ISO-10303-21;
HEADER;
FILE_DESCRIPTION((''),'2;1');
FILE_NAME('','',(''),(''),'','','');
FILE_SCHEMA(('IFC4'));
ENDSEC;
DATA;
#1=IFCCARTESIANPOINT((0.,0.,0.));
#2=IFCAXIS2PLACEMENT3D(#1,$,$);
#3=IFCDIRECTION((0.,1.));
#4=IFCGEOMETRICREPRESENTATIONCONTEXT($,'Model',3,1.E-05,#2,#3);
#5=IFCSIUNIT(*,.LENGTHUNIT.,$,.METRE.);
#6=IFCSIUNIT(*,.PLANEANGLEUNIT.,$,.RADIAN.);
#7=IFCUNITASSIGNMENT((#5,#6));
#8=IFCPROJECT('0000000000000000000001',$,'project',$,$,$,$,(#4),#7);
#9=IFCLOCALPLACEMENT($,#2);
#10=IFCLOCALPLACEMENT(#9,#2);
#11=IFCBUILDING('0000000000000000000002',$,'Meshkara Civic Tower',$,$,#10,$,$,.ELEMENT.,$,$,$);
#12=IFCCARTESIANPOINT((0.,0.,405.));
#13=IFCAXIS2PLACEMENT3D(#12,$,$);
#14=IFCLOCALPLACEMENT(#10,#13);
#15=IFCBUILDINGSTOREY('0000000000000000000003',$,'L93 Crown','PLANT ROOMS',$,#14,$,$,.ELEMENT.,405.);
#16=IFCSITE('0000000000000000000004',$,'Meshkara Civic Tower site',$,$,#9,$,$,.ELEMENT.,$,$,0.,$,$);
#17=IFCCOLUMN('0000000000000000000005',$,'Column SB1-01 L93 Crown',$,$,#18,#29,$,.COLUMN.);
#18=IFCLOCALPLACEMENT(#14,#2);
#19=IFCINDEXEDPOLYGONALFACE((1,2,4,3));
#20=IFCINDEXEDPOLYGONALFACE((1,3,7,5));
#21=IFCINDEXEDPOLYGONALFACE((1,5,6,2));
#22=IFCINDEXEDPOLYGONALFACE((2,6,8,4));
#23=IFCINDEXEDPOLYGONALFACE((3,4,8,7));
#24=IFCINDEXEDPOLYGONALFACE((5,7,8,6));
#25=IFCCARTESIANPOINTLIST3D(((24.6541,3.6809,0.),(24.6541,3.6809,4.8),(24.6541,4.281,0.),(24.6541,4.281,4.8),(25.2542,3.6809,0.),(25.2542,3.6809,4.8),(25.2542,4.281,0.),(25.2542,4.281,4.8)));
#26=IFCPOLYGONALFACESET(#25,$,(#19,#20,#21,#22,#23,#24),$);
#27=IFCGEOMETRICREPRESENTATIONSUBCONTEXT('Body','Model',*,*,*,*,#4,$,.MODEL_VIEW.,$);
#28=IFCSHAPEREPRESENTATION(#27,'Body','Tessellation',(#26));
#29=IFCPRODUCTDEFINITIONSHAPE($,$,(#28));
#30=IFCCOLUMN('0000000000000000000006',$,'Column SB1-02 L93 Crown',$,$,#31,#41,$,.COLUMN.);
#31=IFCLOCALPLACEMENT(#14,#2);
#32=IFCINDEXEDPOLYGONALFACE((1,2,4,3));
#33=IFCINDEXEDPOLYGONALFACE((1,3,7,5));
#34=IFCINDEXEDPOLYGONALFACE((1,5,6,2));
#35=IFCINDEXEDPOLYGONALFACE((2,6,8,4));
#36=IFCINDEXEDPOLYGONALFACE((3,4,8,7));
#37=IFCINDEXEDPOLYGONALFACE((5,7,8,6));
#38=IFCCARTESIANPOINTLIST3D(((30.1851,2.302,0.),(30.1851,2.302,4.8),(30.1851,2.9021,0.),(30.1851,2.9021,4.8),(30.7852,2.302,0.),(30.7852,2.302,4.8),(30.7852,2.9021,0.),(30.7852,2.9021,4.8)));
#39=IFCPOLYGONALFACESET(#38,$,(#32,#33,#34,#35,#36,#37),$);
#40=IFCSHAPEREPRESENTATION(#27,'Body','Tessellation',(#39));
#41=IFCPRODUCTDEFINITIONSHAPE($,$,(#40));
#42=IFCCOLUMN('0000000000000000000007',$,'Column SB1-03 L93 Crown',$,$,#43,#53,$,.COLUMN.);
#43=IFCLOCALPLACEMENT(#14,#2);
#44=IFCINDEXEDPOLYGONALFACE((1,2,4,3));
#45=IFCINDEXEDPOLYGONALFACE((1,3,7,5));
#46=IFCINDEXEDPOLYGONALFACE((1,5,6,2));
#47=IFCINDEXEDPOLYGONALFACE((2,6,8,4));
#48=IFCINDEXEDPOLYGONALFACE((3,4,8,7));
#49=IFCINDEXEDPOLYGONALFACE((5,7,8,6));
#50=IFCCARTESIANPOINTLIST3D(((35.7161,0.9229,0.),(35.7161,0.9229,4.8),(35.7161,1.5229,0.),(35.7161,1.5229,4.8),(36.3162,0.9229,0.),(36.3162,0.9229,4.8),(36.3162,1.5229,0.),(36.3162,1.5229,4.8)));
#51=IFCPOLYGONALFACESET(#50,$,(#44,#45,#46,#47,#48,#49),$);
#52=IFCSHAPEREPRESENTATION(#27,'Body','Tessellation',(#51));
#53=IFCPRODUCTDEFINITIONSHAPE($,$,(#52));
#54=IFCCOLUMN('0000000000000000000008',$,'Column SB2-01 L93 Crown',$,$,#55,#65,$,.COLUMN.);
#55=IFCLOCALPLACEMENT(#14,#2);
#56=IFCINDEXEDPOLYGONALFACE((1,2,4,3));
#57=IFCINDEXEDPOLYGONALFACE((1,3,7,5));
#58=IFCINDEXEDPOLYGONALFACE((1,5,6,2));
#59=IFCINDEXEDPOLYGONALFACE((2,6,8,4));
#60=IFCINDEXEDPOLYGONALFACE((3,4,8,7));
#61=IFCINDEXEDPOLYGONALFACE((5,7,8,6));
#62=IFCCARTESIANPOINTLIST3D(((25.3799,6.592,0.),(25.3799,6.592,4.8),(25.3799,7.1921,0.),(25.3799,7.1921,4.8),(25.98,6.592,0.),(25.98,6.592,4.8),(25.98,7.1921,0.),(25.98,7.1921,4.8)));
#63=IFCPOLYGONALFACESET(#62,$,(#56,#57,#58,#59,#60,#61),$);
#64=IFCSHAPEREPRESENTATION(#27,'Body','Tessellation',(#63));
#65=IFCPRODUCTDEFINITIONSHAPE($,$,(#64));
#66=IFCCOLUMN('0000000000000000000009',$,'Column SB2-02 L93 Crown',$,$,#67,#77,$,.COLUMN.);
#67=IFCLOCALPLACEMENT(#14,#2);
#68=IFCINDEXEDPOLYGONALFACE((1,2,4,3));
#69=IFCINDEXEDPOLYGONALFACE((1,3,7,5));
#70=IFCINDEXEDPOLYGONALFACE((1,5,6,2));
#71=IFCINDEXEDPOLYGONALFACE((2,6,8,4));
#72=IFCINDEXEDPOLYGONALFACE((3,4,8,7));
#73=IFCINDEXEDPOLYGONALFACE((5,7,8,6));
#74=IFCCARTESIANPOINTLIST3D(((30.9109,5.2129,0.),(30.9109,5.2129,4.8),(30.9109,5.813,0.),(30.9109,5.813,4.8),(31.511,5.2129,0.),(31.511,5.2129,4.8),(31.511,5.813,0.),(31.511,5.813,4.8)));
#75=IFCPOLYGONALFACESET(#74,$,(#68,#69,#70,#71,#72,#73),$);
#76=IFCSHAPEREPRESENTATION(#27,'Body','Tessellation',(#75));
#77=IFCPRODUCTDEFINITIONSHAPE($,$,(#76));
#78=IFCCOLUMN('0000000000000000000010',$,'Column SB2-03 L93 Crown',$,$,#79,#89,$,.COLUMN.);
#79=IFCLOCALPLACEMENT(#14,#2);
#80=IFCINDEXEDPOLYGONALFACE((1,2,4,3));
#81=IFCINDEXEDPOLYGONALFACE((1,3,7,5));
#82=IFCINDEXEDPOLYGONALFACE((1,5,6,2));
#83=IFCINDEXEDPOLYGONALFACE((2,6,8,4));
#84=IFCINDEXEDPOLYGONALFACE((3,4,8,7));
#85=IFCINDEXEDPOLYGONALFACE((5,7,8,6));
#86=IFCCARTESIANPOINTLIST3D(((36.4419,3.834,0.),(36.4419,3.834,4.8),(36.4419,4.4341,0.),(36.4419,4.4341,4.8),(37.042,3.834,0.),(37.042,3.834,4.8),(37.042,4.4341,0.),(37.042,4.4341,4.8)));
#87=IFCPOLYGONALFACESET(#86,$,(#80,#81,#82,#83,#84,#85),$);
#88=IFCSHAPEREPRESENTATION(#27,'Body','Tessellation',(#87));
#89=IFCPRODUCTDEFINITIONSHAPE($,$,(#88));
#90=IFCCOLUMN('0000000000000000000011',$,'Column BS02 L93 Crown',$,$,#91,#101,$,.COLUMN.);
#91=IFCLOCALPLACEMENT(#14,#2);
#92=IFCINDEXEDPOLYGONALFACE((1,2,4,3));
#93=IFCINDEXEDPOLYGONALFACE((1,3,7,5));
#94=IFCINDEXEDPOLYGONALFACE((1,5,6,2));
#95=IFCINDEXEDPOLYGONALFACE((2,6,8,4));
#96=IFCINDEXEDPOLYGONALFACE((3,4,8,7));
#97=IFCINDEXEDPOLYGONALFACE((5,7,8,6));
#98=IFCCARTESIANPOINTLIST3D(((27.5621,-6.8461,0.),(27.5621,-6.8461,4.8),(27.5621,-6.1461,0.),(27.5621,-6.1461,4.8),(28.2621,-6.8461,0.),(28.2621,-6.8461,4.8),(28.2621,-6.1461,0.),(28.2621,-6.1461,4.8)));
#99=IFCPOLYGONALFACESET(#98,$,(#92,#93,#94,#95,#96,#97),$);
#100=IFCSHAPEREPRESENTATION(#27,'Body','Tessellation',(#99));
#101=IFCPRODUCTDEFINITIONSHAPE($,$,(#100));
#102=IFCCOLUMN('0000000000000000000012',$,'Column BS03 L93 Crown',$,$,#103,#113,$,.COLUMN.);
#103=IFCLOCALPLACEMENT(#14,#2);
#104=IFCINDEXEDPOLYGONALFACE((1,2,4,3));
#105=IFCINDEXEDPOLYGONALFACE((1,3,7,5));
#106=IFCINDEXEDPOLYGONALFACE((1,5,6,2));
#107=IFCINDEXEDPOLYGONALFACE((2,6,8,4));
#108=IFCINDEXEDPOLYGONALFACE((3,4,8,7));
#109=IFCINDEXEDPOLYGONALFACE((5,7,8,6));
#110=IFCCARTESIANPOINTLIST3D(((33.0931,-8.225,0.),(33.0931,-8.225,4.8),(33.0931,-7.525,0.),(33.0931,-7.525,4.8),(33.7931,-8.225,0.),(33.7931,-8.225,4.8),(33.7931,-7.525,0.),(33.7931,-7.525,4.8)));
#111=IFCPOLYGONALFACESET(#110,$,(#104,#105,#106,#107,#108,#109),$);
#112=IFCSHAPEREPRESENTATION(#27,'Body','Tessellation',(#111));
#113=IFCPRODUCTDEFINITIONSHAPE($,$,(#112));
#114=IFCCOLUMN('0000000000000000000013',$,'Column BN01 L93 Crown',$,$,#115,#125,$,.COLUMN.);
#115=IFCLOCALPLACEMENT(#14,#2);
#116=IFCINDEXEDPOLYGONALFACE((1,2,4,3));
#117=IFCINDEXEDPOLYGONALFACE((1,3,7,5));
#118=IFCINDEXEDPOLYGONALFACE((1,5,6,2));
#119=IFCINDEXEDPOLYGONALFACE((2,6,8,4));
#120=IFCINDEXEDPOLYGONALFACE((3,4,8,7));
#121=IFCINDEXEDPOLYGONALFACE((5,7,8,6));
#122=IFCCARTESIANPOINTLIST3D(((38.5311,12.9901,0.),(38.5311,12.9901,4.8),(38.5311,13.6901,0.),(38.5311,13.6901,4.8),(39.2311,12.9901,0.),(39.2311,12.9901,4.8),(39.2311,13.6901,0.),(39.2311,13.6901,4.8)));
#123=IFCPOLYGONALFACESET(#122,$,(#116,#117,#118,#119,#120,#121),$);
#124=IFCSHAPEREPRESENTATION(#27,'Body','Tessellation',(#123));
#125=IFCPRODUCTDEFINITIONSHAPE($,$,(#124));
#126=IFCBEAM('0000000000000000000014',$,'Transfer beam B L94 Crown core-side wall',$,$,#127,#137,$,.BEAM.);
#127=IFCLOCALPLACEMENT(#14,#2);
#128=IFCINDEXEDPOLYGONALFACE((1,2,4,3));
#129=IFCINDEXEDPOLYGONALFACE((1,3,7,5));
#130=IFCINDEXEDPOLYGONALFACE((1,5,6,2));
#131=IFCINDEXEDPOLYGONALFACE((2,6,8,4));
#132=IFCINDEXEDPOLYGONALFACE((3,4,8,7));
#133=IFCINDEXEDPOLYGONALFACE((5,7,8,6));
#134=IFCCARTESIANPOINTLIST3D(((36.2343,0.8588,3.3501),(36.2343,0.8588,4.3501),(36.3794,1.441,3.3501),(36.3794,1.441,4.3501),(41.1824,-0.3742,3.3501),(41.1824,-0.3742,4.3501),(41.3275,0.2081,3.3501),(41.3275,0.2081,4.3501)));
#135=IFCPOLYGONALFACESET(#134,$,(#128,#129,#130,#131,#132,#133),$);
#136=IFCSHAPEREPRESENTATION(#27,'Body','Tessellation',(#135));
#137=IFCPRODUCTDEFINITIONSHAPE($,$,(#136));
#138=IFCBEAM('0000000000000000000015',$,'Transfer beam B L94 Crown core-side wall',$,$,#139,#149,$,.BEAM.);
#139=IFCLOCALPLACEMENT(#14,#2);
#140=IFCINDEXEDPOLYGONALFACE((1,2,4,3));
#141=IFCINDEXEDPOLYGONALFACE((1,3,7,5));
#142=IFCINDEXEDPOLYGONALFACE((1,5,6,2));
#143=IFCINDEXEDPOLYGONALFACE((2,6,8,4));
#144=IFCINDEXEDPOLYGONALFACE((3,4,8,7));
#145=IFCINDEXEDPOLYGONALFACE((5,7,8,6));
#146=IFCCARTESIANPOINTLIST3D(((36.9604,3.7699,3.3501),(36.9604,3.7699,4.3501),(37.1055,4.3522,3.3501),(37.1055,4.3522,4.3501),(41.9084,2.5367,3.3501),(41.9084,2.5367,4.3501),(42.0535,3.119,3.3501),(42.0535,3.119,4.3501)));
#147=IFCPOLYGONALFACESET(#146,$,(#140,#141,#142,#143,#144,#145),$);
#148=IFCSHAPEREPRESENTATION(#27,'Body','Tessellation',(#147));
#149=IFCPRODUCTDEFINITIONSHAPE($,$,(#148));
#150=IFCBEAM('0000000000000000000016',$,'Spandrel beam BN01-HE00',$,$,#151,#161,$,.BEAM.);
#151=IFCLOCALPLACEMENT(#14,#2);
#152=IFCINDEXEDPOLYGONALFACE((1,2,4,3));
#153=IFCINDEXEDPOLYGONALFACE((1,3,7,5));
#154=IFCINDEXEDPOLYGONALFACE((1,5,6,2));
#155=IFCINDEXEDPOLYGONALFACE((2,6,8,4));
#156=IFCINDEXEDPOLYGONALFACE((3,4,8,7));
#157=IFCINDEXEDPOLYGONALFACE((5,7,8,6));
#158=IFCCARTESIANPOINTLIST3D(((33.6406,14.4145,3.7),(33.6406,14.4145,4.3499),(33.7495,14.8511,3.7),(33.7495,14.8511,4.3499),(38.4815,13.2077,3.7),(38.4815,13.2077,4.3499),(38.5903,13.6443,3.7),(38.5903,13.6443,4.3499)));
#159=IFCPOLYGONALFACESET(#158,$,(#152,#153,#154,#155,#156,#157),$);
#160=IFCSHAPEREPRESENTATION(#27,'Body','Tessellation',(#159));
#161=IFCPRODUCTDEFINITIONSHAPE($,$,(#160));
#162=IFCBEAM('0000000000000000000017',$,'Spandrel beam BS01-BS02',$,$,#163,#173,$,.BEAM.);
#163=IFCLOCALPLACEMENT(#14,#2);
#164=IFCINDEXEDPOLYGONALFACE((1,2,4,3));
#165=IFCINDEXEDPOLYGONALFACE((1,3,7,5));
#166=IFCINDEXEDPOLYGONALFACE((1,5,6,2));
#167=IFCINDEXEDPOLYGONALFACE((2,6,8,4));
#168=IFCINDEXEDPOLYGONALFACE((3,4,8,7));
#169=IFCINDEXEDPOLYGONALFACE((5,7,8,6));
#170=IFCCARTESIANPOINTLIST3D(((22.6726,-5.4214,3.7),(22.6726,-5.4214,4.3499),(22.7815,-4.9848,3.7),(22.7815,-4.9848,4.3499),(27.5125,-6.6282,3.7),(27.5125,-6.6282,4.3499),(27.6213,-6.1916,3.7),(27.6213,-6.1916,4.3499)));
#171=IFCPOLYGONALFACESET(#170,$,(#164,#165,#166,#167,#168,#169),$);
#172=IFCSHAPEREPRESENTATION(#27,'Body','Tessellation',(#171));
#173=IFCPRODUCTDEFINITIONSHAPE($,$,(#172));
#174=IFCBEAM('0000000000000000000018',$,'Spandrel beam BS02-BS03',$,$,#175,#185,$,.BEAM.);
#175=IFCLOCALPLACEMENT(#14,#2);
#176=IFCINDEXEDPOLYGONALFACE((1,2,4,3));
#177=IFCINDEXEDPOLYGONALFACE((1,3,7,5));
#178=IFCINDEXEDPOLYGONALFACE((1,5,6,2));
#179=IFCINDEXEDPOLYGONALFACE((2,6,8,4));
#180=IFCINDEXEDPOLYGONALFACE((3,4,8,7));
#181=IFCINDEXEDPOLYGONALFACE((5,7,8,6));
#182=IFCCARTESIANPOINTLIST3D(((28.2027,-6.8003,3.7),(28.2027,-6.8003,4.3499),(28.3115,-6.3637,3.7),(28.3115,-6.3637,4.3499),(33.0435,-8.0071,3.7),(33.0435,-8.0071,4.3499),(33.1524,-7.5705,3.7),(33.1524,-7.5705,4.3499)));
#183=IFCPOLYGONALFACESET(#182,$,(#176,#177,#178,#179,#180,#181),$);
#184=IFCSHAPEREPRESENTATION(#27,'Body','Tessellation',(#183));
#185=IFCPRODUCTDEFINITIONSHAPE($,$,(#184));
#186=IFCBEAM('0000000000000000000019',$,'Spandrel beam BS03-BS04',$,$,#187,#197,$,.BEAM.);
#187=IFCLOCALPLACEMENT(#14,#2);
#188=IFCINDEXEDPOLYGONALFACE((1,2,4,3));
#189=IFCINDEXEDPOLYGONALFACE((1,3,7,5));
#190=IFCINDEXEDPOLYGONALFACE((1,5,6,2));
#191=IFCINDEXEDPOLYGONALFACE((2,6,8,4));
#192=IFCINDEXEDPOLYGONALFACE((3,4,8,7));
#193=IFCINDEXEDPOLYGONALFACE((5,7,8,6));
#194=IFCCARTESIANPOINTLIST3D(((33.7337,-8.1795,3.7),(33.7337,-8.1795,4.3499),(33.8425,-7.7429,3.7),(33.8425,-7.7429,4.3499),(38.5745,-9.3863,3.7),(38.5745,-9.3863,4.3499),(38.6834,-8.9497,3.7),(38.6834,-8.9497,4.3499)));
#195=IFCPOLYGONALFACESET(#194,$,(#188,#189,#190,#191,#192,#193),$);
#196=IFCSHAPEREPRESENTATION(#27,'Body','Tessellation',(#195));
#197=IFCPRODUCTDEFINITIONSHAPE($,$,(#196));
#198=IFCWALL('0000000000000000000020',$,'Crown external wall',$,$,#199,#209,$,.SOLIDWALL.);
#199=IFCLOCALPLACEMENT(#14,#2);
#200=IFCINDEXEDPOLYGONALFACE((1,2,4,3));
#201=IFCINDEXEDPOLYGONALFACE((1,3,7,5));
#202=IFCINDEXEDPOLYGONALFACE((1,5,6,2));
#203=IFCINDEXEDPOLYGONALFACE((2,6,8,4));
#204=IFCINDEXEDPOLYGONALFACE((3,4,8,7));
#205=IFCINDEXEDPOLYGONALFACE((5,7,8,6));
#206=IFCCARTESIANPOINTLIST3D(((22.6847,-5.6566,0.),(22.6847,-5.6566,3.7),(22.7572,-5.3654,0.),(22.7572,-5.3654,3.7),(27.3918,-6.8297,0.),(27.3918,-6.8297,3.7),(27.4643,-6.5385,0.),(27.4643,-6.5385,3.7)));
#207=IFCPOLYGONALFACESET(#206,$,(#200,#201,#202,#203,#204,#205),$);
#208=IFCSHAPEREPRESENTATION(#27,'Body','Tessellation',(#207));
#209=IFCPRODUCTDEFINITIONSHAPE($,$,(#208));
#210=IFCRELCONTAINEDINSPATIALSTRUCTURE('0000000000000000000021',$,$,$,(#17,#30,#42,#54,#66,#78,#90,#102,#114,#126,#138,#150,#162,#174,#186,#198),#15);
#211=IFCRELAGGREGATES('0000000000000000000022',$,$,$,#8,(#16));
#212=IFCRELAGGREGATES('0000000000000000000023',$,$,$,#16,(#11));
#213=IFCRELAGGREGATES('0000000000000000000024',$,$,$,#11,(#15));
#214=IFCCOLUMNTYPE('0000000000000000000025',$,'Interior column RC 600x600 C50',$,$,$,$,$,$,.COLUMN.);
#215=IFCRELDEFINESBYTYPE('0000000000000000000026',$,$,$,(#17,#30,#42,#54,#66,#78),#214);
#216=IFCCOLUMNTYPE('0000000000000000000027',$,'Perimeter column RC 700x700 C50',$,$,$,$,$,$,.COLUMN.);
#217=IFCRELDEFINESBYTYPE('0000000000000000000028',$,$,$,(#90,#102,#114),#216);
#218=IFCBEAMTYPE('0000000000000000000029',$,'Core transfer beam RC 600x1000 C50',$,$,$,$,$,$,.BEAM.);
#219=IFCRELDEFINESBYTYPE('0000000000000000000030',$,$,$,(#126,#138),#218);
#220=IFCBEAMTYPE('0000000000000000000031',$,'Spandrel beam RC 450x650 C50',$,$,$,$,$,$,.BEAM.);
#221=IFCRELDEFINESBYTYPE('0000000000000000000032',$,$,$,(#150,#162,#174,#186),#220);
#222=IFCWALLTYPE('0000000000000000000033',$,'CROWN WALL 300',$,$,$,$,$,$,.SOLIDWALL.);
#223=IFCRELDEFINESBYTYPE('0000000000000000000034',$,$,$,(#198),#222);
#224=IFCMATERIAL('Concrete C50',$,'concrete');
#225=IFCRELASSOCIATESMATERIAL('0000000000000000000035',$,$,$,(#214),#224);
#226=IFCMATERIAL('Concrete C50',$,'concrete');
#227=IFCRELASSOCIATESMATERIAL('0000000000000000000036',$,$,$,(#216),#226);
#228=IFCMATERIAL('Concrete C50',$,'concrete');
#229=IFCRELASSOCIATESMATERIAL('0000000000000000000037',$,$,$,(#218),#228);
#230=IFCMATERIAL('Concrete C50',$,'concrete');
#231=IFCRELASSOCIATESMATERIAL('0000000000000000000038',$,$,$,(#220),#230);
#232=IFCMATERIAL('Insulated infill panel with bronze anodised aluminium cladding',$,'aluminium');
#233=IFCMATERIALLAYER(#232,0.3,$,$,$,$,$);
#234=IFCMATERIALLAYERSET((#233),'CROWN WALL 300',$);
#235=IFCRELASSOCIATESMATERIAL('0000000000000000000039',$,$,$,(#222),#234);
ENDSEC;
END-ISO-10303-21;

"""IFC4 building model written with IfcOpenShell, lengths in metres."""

from ifc_helpers import new_model, si_unit, direction, frame, frame_2d, origin, origin_2d, place, context, subcontext, project, spatial, rectangle, extrude, material, layer, layer_set, material_profile, profile_set, type_object, element, save


model = new_model("IFC4")

# Units and contexts
model_context = context("Model", 3, precision=1e-05, world=origin(), true_north=direction((0.0, 1.0)))
body_context = subcontext(model_context, "Body", "Model", "MODEL_VIEW")
ifc_project = project(units=[si_unit("LENGTHUNIT", "METRE"), si_unit("PLANEANGLEUNIT", "RADIAN")], contexts=[model_context])

# Site, building, storey
site_placement = place(None, origin())
site = spatial("IfcSite", under=ifc_project, at=site_placement, Name="Meshkara Civic Tower site", CompositionType="ELEMENT", RefElevation=0.0)
building_placement = place(site_placement, origin())
building = spatial("IfcBuilding", under=site, at=building_placement, Name="Meshkara Civic Tower", CompositionType="ELEMENT")
storey_placement = place(building_placement, frame((0.0, 0.0, 405.0)))
storey = spatial("IfcBuildingStorey", under=building, at=storey_placement, Name="L93 Crown", Description="PLANT ROOMS", CompositionType="ELEMENT", Elevation=405.0)

# Columns
ifc_material_1 = material(Name="Concrete C50", Category="concrete")
ifc_material_profile_1 = material_profile(ifc_material_1, rectangle(XDim=0.6001, YDim=0.6001, at=origin_2d()))
ifc_profile_set_1 = profile_set([ifc_material_profile_1], Name="Concrete C50")
column_type_1 = type_object("IfcColumnType", Name="Interior column RC 600x600 C50", PredefinedType="COLUMN", material=ifc_profile_set_1)
for number, where, z_axis, x_axis, name in (
    (1, (24.9541, 3.981, 0.0), (0.0, 0.0, 1.0), (1.0, 0.0, 0.0), "Column SB1-01 L93 Crown"),
    (2, (30.4851, 2.6021, 0.0), (0.0, 0.0, 1.0), (1.0, 0.0, 0.0), "Column SB1-02 L93 Crown"),
    (3, (36.0161, 1.2229, 0.0), (0.0, 0.0, 1.0), (1.0, 0.0, 0.0), "Column SB1-03 L93 Crown"),
    (4, (25.6799, 6.8921, 0.0), (0.0, 0.0, 1.0), (1.0, 0.0, 0.0), "Column SB2-01 L93 Crown"),
    (5, (31.2109, 5.5129, 0.0), (0.0, 0.0, 1.0), (1.0, 0.0, 0.0), "Column SB2-02 L93 Crown"),
    (6, (36.7419, 4.134, 0.0), (0.0, 0.0, 1.0), (1.0, 0.0, 0.0), "Column SB2-03 L93 Crown"),
):
    element("IfcColumn", number, at=place(storey_placement, frame(where, z_axis=z_axis, x_axis=x_axis)), inside=storey, type_object=column_type_1, Name=name, PredefinedType="COLUMN", context=body_context, shape_type="SweptSolid", body=[
        extrude(rectangle(XDim=0.6001, YDim=0.6001, at=origin_2d()), origin(), (0.0, 0.0, 1.0), 4.8),
    ])
ifc_material_2 = material(Name="Concrete C50", Category="concrete")
ifc_material_profile_2 = material_profile(ifc_material_2, rectangle(XDim=0.7, YDim=0.7, at=origin_2d()))
ifc_profile_set_2 = profile_set([ifc_material_profile_2], Name="Concrete C50")
column_type_2 = type_object("IfcColumnType", Name="Perimeter column RC 700x700 C50", PredefinedType="COLUMN", material=ifc_profile_set_2)
for number, where, z_axis, x_axis, name in (
    (7, (27.9121, -6.4961, 0.0), (0.0, 0.0, 1.0), (1.0, 0.0, 0.0), "Column BS02 L93 Crown"),
    (8, (33.4431, -7.875, 0.0), (0.0, 0.0, 1.0), (1.0, 0.0, 0.0), "Column BS03 L93 Crown"),
    (9, (38.8811, 13.3401, 0.0), (0.0, 0.0, 1.0), (1.0, 0.0, 0.0), "Column BN01 L93 Crown"),
):
    element("IfcColumn", number, at=place(storey_placement, frame(where, z_axis=z_axis, x_axis=x_axis)), inside=storey, type_object=column_type_2, Name=name, PredefinedType="COLUMN", context=body_context, shape_type="SweptSolid", body=[
        extrude(rectangle(XDim=0.7, YDim=0.7, at=origin_2d()), origin(), (0.0, 0.0, 1.0), 4.8),
    ])

# Beams
ifc_material_3 = material(Name="Concrete C50", Category="concrete")
ifc_material_profile_3 = material_profile(ifc_material_3, rectangle(XDim=0.6001, YDim=1.0, at=origin_2d()))
ifc_profile_set_3 = profile_set([ifc_material_profile_3], Name="Concrete C50")
beam_type_1 = type_object("IfcBeamType", Name="Core transfer beam RC 600x1000 C50", PredefinedType="BEAM", material=ifc_profile_set_3)
for number, where, z_axis, x_axis, name in (
    (10, (36.3069, 1.1499, 3.8501), (0.970331, -0.241781, 0.0), (0.241781, 0.970331, 0.0), "Transfer beam B L94 Crown core-side wall"),
    (11, (37.033, 4.061, 3.8501), (0.97032, -0.241826, 0.0), (0.241826, 0.97032, 0.0), "Transfer beam B L94 Crown core-side wall"),
):
    element("IfcBeam", number, at=place(storey_placement, frame(where, z_axis=z_axis, x_axis=x_axis)), inside=storey, type_object=beam_type_1, Name=name, PredefinedType="BEAM", context=body_context, shape_type="SweptSolid", body=[
        extrude(rectangle(XDim=0.6001, YDim=1.0, at=origin_2d()), origin(), (0.0, 0.0, 1.0), 5.0994),
    ])
ifc_material_4 = material(Name="Concrete C50", Category="concrete")
ifc_material_profile_4 = material_profile(ifc_material_4, rectangle(XDim=0.45, YDim=0.6499, at=origin_2d()))
ifc_profile_set_4 = profile_set([ifc_material_profile_4], Name="Concrete C50")
beam_type_2 = type_object("IfcBeamType", Name="Spandrel beam RC 450x650 C50", PredefinedType="BEAM", material=ifc_profile_set_4)
beam_1_placement = place(storey_placement, frame((38.5359, 13.426, 4.0249), z_axis=(-0.970303, 0.241891, 0.0), x_axis=(-0.241891, -0.970303, 0.0)))
element("IfcBeam", 12, at=beam_1_placement, inside=storey, type_object=beam_type_2, Name="Spandrel beam BN01-HE00", PredefinedType="BEAM", context=body_context, shape_type="SweptSolid", body=[
    extrude(rectangle(XDim=0.45, YDim=0.6499, at=origin_2d()), origin(), (0.0, 0.0, 1.0), 4.989),
])
beam_2_placement = place(storey_placement, frame((22.7271, -5.2031, 4.0249), z_axis=(0.970292, -0.241937, 0.0), x_axis=(0.241937, 0.970292, 0.0)))
element("IfcBeam", 13, at=beam_2_placement, inside=storey, type_object=beam_type_2, Name="Spandrel beam BS01-BS02", PredefinedType="BEAM", context=body_context, shape_type="SweptSolid", body=[
    extrude(rectangle(XDim=0.45, YDim=0.6499, at=origin_2d()), origin(), (0.0, 0.0, 1.0), 4.988),
])
for number, where, z_axis, x_axis, name in (
    (14, (28.2571, -6.582, 4.0249), (0.970303, -0.241891, 0.0), (0.241891, 0.970303, 0.0), "Spandrel beam BS02-BS03"),
    (15, (33.7881, -7.9612, 4.0249), (0.970303, -0.241891, 0.0), (0.241891, 0.970303, 0.0), "Spandrel beam BS03-BS04"),
):
    element("IfcBeam", number, at=place(storey_placement, frame(where, z_axis=z_axis, x_axis=x_axis)), inside=storey, type_object=beam_type_2, Name=name, PredefinedType="BEAM", context=body_context, shape_type="SweptSolid", body=[
        extrude(rectangle(XDim=0.45, YDim=0.6499, at=origin_2d()), origin(), (0.0, 0.0, 1.0), 4.989),
    ])

# Wall
ifc_material_5 = material(Name="Insulated infill panel with bronze anodised aluminium cladding", Category="aluminium")
ifc_layer_1 = layer(ifc_material_5, 0.3)
ifc_layer_set_1 = layer_set([ifc_layer_1], Name="CROWN WALL 300")
wall_type_1 = type_object("IfcWallType", Name="CROWN WALL 300", PredefinedType="SOLIDWALL", material=ifc_layer_set_1)
wall_1_placement = place(storey_placement, frame((22.7209, -5.511, 0.0), z_axis=(0.0, 0.0, 1.0), x_axis=(0.97032, -0.241825, 0.0)))
element("IfcWall", 16, at=wall_1_placement, inside=storey, type_object=wall_type_1, Name="Crown external wall", PredefinedType="SOLIDWALL", context=body_context, shape_type="SweptSolid", body=[
    extrude(rectangle(XDim=4.8511, YDim=0.3, at=frame_2d((2.4255, 0.0))), origin(), (0.0, 0.0, 1.0), 3.7),
])

save(model, "model.ifc")
